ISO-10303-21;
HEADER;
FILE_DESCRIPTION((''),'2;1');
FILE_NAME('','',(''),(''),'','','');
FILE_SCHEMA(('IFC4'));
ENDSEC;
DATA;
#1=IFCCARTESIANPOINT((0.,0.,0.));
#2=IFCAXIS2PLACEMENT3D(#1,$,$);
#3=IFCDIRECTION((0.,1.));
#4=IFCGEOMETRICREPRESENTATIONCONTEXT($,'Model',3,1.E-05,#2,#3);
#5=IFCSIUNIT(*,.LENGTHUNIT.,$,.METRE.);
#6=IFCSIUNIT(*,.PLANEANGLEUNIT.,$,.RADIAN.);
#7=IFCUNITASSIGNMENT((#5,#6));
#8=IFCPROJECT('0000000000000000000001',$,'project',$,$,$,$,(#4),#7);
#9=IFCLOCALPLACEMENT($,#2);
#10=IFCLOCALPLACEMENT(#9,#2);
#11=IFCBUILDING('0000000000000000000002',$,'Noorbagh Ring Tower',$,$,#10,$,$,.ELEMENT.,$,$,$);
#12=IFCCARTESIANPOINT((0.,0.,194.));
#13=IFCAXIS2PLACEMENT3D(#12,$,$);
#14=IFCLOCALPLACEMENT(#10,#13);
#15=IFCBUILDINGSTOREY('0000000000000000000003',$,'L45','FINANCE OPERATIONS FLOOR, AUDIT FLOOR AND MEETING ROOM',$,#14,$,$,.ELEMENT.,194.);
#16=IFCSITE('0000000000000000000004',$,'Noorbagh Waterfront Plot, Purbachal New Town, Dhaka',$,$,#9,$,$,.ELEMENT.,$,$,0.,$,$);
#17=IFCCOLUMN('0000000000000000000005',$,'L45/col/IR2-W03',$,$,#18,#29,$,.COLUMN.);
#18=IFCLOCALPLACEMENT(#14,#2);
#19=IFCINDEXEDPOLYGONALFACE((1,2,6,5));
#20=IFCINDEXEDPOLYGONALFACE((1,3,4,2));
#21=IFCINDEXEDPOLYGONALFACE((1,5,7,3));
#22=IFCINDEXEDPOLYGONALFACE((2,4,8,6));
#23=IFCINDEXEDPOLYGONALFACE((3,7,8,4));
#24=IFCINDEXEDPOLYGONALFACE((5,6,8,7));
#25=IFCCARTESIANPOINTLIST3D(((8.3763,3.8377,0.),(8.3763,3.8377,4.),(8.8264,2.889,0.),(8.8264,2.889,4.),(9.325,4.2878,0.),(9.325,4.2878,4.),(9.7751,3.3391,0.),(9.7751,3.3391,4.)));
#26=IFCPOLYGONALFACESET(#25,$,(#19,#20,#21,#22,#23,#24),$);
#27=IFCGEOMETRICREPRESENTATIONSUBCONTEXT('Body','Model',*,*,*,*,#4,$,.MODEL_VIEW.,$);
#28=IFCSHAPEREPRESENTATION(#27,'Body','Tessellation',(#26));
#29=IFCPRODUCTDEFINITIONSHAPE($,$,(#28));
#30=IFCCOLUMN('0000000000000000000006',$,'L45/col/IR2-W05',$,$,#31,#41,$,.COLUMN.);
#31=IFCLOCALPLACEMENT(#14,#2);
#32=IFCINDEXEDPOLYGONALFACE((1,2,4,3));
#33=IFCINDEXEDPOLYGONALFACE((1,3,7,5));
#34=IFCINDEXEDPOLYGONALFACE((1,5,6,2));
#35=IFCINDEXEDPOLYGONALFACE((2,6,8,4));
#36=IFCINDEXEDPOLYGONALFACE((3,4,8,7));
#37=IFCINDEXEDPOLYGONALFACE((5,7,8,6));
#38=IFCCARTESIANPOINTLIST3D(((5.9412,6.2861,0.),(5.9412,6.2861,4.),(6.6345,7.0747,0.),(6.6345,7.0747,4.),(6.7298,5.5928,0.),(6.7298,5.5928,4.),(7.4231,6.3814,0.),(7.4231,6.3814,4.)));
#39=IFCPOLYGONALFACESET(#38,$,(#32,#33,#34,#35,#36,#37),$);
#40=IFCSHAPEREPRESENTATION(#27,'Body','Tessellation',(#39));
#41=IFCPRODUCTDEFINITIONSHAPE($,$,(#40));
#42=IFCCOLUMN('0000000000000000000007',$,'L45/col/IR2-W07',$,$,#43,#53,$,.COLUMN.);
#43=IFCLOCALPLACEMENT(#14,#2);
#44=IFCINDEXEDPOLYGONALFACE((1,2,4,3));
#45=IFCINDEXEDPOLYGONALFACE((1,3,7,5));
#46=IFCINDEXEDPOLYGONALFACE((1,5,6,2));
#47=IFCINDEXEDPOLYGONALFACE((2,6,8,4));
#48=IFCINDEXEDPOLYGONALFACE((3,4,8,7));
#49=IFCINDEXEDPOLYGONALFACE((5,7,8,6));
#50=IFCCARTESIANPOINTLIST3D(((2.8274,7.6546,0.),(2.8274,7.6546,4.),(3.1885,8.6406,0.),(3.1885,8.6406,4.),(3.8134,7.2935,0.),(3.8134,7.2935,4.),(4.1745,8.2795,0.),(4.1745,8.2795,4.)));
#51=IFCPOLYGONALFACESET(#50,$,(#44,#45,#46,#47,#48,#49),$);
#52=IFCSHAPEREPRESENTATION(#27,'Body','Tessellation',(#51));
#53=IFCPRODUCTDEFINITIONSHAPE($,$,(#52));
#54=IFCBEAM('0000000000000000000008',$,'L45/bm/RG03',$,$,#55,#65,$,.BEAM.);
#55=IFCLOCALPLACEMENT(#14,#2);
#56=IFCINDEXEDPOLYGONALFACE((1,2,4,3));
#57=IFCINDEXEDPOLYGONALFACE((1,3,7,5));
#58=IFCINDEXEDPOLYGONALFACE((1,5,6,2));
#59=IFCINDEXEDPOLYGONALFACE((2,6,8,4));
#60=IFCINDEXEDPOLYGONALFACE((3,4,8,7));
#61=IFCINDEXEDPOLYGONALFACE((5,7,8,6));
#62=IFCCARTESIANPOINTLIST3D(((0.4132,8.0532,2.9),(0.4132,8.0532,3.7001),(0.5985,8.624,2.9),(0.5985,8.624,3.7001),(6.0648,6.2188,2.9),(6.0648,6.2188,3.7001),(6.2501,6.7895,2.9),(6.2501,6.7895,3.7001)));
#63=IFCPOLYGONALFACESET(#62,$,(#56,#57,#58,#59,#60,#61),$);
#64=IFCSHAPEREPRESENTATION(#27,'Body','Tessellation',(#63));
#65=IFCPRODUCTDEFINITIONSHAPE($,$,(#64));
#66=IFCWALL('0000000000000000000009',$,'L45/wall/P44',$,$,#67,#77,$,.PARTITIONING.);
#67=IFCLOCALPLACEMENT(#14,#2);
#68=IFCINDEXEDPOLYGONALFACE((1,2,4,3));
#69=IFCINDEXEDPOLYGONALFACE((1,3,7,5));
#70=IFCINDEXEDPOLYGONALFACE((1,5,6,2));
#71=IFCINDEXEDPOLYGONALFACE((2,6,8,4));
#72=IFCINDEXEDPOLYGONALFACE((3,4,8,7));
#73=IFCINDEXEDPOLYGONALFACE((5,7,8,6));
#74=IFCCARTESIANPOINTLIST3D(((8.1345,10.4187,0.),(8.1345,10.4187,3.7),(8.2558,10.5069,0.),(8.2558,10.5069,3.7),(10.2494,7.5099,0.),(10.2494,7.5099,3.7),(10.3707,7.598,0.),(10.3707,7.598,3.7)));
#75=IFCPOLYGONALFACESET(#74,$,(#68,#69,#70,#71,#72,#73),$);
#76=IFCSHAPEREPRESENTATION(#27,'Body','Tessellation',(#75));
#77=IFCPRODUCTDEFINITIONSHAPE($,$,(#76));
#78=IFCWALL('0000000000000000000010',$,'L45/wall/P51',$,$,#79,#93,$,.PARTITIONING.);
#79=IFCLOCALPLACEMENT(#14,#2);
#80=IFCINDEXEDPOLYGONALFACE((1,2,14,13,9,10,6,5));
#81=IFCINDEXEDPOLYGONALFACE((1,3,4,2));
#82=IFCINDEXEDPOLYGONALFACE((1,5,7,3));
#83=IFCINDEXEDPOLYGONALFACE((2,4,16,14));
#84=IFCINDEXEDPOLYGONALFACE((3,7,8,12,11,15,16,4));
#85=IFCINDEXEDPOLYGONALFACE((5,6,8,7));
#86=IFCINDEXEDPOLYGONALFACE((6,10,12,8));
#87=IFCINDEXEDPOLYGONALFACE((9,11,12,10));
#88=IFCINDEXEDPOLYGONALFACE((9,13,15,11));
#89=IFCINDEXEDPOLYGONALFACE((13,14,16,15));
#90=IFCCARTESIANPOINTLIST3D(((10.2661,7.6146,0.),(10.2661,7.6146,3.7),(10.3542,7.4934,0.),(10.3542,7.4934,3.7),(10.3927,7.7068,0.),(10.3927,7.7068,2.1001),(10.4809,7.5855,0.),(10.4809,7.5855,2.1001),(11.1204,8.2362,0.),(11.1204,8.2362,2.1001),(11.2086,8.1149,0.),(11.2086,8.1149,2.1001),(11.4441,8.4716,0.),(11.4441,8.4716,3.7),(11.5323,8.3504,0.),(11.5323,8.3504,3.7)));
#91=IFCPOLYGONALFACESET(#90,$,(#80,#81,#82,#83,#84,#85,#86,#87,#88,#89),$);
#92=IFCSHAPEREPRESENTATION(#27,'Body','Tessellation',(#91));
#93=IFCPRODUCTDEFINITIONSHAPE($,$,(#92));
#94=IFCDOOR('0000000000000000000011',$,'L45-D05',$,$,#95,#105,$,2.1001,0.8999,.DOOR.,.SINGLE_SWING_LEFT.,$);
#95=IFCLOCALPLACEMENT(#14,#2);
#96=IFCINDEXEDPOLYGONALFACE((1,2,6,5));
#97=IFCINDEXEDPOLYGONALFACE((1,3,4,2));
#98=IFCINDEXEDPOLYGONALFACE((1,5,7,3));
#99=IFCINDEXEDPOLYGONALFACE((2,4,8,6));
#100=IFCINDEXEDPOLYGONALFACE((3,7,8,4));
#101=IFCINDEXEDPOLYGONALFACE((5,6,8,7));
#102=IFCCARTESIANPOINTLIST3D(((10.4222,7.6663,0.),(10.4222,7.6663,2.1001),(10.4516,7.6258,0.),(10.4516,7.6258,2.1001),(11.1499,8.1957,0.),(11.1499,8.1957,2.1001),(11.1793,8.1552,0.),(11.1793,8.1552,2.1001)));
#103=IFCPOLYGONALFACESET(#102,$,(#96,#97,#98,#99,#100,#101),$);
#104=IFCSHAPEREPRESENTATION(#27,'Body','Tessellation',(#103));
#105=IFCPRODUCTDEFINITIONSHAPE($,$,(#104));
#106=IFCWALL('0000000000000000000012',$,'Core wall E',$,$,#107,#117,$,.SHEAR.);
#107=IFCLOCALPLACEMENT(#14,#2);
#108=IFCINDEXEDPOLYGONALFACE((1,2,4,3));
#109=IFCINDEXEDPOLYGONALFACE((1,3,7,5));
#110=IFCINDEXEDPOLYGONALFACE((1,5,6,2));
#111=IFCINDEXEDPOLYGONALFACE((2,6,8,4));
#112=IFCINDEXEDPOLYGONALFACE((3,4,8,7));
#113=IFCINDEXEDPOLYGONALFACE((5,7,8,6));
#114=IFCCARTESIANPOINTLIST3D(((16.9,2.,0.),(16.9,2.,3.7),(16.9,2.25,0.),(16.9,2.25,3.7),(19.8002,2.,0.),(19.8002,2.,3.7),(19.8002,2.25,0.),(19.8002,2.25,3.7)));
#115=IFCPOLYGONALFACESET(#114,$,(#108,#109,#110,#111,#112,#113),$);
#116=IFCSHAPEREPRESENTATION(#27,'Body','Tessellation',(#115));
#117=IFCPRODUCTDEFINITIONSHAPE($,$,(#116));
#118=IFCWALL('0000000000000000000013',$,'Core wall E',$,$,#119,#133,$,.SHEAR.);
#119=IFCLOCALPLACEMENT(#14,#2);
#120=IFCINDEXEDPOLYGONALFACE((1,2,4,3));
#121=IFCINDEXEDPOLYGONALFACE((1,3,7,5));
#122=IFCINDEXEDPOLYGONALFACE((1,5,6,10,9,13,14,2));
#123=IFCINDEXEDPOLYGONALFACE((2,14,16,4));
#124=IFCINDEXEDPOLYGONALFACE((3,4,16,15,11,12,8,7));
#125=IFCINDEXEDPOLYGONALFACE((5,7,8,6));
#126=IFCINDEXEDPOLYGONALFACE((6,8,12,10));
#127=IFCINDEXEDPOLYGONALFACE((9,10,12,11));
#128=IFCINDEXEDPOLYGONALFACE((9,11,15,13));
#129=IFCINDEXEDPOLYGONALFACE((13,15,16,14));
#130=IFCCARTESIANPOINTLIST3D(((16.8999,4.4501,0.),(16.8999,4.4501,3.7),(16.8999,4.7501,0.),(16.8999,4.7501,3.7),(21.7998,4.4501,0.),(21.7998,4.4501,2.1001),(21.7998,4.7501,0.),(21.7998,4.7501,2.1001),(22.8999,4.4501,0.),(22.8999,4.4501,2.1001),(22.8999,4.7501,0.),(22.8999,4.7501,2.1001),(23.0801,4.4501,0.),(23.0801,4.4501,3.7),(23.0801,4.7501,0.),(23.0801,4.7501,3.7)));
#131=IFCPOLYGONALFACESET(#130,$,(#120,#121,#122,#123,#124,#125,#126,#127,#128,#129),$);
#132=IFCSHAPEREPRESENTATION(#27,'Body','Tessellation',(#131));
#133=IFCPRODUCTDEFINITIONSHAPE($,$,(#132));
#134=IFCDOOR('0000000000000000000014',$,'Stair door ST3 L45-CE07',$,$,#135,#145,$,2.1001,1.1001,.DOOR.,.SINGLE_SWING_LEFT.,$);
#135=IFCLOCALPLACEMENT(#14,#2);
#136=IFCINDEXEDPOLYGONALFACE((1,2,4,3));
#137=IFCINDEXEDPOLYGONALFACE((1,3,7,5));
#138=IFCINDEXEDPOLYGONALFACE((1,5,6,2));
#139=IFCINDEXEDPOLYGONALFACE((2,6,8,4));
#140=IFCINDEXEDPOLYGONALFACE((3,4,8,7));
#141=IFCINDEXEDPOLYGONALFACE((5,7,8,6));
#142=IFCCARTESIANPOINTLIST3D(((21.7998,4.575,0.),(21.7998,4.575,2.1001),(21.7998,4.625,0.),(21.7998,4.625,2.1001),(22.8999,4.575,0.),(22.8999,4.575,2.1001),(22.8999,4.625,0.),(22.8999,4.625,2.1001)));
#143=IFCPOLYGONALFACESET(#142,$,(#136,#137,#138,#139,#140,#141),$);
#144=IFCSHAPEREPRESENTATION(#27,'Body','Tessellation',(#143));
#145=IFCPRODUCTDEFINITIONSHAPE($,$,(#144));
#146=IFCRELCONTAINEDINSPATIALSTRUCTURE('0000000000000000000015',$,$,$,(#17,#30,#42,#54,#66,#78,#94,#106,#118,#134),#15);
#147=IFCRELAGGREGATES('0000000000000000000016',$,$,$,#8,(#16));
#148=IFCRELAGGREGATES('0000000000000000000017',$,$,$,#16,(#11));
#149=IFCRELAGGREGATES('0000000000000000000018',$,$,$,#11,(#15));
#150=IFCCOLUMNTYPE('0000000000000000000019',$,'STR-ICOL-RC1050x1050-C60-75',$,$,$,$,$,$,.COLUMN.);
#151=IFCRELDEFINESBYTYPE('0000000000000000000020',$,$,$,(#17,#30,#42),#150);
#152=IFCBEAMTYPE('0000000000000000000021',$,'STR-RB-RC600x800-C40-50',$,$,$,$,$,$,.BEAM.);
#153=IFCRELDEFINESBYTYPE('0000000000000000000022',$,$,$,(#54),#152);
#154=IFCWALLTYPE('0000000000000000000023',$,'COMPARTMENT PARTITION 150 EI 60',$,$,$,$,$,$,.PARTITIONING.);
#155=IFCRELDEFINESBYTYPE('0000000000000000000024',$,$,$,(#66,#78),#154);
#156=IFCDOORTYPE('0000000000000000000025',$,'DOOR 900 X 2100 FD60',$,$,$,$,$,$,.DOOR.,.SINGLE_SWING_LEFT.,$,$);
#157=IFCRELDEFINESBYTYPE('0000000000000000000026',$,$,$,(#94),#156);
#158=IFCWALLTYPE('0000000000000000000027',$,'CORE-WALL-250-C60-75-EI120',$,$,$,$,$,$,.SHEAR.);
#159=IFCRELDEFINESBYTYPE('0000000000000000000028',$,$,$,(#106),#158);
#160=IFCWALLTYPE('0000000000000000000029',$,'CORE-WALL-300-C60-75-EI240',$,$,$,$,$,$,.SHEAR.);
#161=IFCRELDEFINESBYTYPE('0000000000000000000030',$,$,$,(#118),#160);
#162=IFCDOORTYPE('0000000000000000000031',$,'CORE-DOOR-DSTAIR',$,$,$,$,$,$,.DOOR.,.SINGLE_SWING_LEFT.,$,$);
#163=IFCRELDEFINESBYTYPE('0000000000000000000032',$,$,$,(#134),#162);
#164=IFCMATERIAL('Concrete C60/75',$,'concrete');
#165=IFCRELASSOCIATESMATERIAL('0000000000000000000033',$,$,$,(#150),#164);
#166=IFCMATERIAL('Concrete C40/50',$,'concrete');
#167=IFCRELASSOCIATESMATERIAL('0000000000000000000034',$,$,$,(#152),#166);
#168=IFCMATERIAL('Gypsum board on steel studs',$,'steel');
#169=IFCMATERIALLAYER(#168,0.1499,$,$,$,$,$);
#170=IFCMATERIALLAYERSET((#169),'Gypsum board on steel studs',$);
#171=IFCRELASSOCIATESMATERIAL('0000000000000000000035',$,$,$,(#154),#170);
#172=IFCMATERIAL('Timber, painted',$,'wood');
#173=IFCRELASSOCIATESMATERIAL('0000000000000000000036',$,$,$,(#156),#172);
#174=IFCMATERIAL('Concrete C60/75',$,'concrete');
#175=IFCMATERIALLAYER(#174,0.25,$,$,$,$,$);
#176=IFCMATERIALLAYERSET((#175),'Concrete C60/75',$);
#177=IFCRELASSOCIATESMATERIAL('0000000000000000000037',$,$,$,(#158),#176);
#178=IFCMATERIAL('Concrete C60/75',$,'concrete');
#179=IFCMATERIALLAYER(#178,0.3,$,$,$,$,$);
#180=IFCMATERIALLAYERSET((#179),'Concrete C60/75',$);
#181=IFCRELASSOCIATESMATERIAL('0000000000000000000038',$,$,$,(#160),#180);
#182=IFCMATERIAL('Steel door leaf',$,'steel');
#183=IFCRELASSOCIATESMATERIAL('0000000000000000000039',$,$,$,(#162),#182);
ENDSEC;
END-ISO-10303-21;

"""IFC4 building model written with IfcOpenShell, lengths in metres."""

from ifc_helpers import new_model, si_unit, direction, frame, frame_2d, origin, origin_2d, place, context, subcontext, project, spatial, rectangle, extrude, material, layer, layer_set, material_profile, profile_set, type_object, element, fill, save


model = new_model("IFC4")

# Units and contexts
model_context = context("Model", 3, precision=1e-05, world=origin(), true_north=direction((0.0, 1.0)))
body_context = subcontext(model_context, "Body", "Model", "MODEL_VIEW")
ifc_project = project(units=[si_unit("LENGTHUNIT", "METRE"), si_unit("PLANEANGLEUNIT", "RADIAN")], contexts=[model_context])

# Site, building, storey
site_placement = place(None, origin())
site = spatial("IfcSite", under=ifc_project, at=site_placement, Name="Noorbagh Waterfront Plot, Purbachal New Town, Dhaka", CompositionType="ELEMENT", RefElevation=0.0)
building_placement = place(site_placement, origin())
building = spatial("IfcBuilding", under=site, at=building_placement, Name="Noorbagh Ring Tower", CompositionType="ELEMENT")
storey_placement = place(building_placement, frame((0.0, 0.0, 194.0)))
storey = spatial("IfcBuildingStorey", under=building, at=storey_placement, Name="L45", Description="FINANCE OPERATIONS FLOOR, AUDIT FLOOR AND MEETING ROOM", CompositionType="ELEMENT", Elevation=194.0)

# Columns
ifc_material_1 = material(Name="Concrete C60/75", Category="concrete")
ifc_material_profile_1 = material_profile(ifc_material_1, rectangle(XDim=1.05, YDim=1.05, at=origin_2d()), Name="RC1050x1050")
ifc_profile_set_1 = profile_set([ifc_material_profile_1], Name="Concrete C60/75")
column_type = type_object("IfcColumnType", Name="STR-ICOL-RC1050x1050-C60-75", PredefinedType="COLUMN", material=ifc_profile_set_1)
for number, where, z_axis, x_axis, name in (
    (1, (9.0757, 3.5884, 0.0), (0.0, 0.0, 1.0), (-0.428667, 0.903463, 0.0), "L45/col/IR2-W03"),
    (2, (6.6821, 6.3337, 0.0), (0.0, 0.0, 1.0), (-0.751022, 0.660277, 0.0), "L45/col/IR2-W05"),
    (3, (3.501, 7.967, 0.0), (0.0, 0.0, 1.0), (-0.93902, 0.343864, 0.0), "L45/col/IR2-W07"),
):
    element("IfcColumn", number, at=place(storey_placement, frame(where, z_axis=z_axis, x_axis=x_axis)), inside=storey, type_object=column_type, Name=name, PredefinedType="COLUMN", context=body_context, shape_type="SweptSolid", body=[
        extrude(rectangle(XDim=1.05, YDim=1.05, at=origin_2d()), origin(), (0.0, 0.0, 1.0), 4.0),
    ])

# Beam
ifc_material_2 = material(Name="Concrete C40/50", Category="concrete")
ifc_material_profile_2 = material_profile(ifc_material_2, rectangle(XDim=0.6001, YDim=0.8, at=origin_2d()), Name="RC600x800")
ifc_profile_set_2 = profile_set([ifc_material_profile_2], Name="Concrete C40/50")
beam_type = type_object("IfcBeamType", Name="STR-RB-RC600x800-C40-50", PredefinedType="BEAM", material=ifc_profile_set_2)
beam_placement = place(storey_placement, frame((6.1575, 6.5042, 3.3), z_axis=(-0.951148, 0.308736, 0.0), x_axis=(-0.308736, -0.951148, 0.0)))
element("IfcBeam", 4, at=beam_placement, inside=storey, type_object=beam_type, Name="L45/bm/RG03", PredefinedType="BEAM", context=body_context, shape_type="SweptSolid", body=[
    extrude(rectangle(XDim=0.6001, YDim=0.8, at=origin_2d()), origin(), (0.0, 0.0, 1.0), 5.9419),
])

# Wall
ifc_material_3 = material(Name="Gypsum board on steel studs", Category="steel")
ifc_layer_1 = layer(ifc_material_3, 0.1499)
ifc_layer_set_1 = layer_set([ifc_layer_1], Name="Gypsum board on steel studs")
wall_type_1 = type_object("IfcWallType", Name="COMPARTMENT PARTITION 150 EI 60", PredefinedType="PARTITIONING", material=ifc_layer_set_1)
wall_1_placement = place(storey_placement, frame((8.1951, 10.4629, 0.0), z_axis=(0.0, 0.0, 1.0), x_axis=(0.588063, -0.808815, 0.0)))
element("IfcWall", 5, at=wall_1_placement, inside=storey, type_object=wall_type_1, Name="L45/wall/P44", PredefinedType="PARTITIONING", context=body_context, shape_type="SweptSolid", body=[
    extrude(rectangle(XDim=3.5964, YDim=0.1499, at=frame_2d((1.7983, 0.0))), origin(), (0.0, 0.0, 1.0), 3.7),
])

# Wall, opening, door
wall_2_placement = place(storey_placement, frame((10.3101, 7.554, 0.0), z_axis=(0.0, 0.0, 1.0), x_axis=(0.808664, 0.588271, 0.0)))
wall_2 = element("IfcWall", 6, at=wall_2_placement, inside=storey, type_object=wall_type_1, Name="L45/wall/P51", PredefinedType="PARTITIONING", context=body_context, shape_type="SweptSolid", body=[
    extrude(rectangle(XDim=1.4568, YDim=0.1499, at=frame_2d((0.7285, 0.0))), origin(), (0.0, 0.0, 1.0), 3.7),
])
opening_1_placement = place(wall_2_placement, frame((0.1567, 0.0, 0.0)))
opening_1 = element("IfcOpeningElement", 7, at=opening_1_placement, cuts=wall_2, PredefinedType="OPENING", context=body_context, shape_type="SweptSolid", body=[
    extrude(rectangle(XDim=0.8999, YDim=2.1001, at=frame_2d((0.45, 1.05))), frame((0.0, 0.085, 0.0), z_axis=(0.0, -1.0, 0.0), x_axis=(1.0, 0.0, 0.0)), (0.0, 0.0, 1.0), 0.1699),
])
ifc_material_4 = material(Name="Timber, painted", Category="wood")
door_type_1 = type_object("IfcDoorType", Name="DOOR 900 X 2100 FD60", OperationType="SINGLE_SWING_LEFT", PredefinedType="DOOR", material=ifc_material_4)
door_1_placement = place(opening_1_placement, origin())
door_1 = element("IfcDoor", 8, at=door_1_placement, inside=storey, type_object=door_type_1, Name="L45-D05", OperationType="SINGLE_SWING_LEFT", OverallHeight=2.1001, OverallWidth=0.8999, PredefinedType="DOOR", context=body_context, shape_type="SweptSolid", body=[
    extrude(rectangle(XDim=0.8999, YDim=2.1001, at=frame_2d((0.45, 1.05))), frame((0.0, 0.0249, 0.0), z_axis=(0.0, -1.0, 0.0), x_axis=(1.0, 0.0, 0.0)), (0.0, 0.0, 1.0), 0.05),
])
fill(opening_1, door_1)

# Wall
ifc_material_5 = material(Name="Concrete C60/75", Category="concrete")
ifc_layer_2 = layer(ifc_material_5, 0.25)
ifc_layer_set_2 = layer_set([ifc_layer_2], Name="Concrete C60/75")
wall_type_2 = type_object("IfcWallType", Name="CORE-WALL-250-C60-75-EI120", PredefinedType="SHEAR", material=ifc_layer_set_2)
wall_3_placement = place(storey_placement, frame((16.8999, 2.125, 0.0), z_axis=(0.0, 0.0, 1.0), x_axis=(1.0, 0.0, 0.0)))
element("IfcWall", 9, at=wall_3_placement, inside=storey, type_object=wall_type_2, Name="Core wall E", PredefinedType="SHEAR", context=body_context, shape_type="SweptSolid", body=[
    extrude(rectangle(XDim=2.9001, YDim=0.25, at=frame_2d((1.4502, 0.0))), origin(), (0.0, 0.0, 1.0), 3.7),
])

# Wall, opening, door
ifc_material_6 = material(Name="Concrete C60/75", Category="concrete")
ifc_layer_3 = layer(ifc_material_6, 0.3)
ifc_layer_set_3 = layer_set([ifc_layer_3], Name="Concrete C60/75")
wall_type_3 = type_object("IfcWallType", Name="CORE-WALL-300-C60-75-EI240", PredefinedType="SHEAR", material=ifc_layer_set_3)
wall_4_placement = place(storey_placement, frame((16.8999, 4.6001, 0.0), z_axis=(0.0, 0.0, 1.0), x_axis=(1.0, 0.0, 0.0)))
wall_4 = element("IfcWall", 10, at=wall_4_placement, inside=storey, type_object=wall_type_3, Name="Core wall E", PredefinedType="SHEAR", context=body_context, shape_type="SweptSolid", body=[
    extrude(rectangle(XDim=6.1802, YDim=0.3, at=frame_2d((3.0901, 0.0))), origin(), (0.0, 0.0, 1.0), 3.7),
])
opening_2_placement = place(wall_4_placement, frame((4.8999, 0.0, 0.0)))
opening_2 = element("IfcOpeningElement", 11, at=opening_2_placement, cuts=wall_4, PredefinedType="OPENING", context=body_context, shape_type="SweptSolid", body=[
    extrude(rectangle(XDim=1.1001, YDim=2.1001, at=frame_2d((0.55, 1.05))), frame((0.0, 0.1602, 0.0), z_axis=(0.0, -1.0, 0.0), x_axis=(1.0, 0.0, 0.0)), (0.0, 0.0, 1.0), 0.3201),
])
ifc_material_7 = material(Name="Steel door leaf", Category="steel")
door_type_2 = type_object("IfcDoorType", Name="CORE-DOOR-DSTAIR", OperationType="SINGLE_SWING_LEFT", PredefinedType="DOOR", material=ifc_material_7)
door_2_placement = place(opening_2_placement, origin())
door_2 = element("IfcDoor", 12, at=door_2_placement, inside=storey, type_object=door_type_2, Name="Stair door ST3 L45-CE07", OperationType="SINGLE_SWING_LEFT", OverallHeight=2.1001, OverallWidth=1.1001, PredefinedType="DOOR", context=body_context, shape_type="SweptSolid", body=[
    extrude(rectangle(XDim=1.1001, YDim=2.1001, at=frame_2d((0.55, 1.05))), frame((0.0, 0.0249, 0.0), z_axis=(0.0, -1.0, 0.0), x_axis=(1.0, 0.0, 0.0)), (0.0, 0.0, 1.0), 0.05),
])
fill(opening_2, door_2)

save(model, "model.ifc")
